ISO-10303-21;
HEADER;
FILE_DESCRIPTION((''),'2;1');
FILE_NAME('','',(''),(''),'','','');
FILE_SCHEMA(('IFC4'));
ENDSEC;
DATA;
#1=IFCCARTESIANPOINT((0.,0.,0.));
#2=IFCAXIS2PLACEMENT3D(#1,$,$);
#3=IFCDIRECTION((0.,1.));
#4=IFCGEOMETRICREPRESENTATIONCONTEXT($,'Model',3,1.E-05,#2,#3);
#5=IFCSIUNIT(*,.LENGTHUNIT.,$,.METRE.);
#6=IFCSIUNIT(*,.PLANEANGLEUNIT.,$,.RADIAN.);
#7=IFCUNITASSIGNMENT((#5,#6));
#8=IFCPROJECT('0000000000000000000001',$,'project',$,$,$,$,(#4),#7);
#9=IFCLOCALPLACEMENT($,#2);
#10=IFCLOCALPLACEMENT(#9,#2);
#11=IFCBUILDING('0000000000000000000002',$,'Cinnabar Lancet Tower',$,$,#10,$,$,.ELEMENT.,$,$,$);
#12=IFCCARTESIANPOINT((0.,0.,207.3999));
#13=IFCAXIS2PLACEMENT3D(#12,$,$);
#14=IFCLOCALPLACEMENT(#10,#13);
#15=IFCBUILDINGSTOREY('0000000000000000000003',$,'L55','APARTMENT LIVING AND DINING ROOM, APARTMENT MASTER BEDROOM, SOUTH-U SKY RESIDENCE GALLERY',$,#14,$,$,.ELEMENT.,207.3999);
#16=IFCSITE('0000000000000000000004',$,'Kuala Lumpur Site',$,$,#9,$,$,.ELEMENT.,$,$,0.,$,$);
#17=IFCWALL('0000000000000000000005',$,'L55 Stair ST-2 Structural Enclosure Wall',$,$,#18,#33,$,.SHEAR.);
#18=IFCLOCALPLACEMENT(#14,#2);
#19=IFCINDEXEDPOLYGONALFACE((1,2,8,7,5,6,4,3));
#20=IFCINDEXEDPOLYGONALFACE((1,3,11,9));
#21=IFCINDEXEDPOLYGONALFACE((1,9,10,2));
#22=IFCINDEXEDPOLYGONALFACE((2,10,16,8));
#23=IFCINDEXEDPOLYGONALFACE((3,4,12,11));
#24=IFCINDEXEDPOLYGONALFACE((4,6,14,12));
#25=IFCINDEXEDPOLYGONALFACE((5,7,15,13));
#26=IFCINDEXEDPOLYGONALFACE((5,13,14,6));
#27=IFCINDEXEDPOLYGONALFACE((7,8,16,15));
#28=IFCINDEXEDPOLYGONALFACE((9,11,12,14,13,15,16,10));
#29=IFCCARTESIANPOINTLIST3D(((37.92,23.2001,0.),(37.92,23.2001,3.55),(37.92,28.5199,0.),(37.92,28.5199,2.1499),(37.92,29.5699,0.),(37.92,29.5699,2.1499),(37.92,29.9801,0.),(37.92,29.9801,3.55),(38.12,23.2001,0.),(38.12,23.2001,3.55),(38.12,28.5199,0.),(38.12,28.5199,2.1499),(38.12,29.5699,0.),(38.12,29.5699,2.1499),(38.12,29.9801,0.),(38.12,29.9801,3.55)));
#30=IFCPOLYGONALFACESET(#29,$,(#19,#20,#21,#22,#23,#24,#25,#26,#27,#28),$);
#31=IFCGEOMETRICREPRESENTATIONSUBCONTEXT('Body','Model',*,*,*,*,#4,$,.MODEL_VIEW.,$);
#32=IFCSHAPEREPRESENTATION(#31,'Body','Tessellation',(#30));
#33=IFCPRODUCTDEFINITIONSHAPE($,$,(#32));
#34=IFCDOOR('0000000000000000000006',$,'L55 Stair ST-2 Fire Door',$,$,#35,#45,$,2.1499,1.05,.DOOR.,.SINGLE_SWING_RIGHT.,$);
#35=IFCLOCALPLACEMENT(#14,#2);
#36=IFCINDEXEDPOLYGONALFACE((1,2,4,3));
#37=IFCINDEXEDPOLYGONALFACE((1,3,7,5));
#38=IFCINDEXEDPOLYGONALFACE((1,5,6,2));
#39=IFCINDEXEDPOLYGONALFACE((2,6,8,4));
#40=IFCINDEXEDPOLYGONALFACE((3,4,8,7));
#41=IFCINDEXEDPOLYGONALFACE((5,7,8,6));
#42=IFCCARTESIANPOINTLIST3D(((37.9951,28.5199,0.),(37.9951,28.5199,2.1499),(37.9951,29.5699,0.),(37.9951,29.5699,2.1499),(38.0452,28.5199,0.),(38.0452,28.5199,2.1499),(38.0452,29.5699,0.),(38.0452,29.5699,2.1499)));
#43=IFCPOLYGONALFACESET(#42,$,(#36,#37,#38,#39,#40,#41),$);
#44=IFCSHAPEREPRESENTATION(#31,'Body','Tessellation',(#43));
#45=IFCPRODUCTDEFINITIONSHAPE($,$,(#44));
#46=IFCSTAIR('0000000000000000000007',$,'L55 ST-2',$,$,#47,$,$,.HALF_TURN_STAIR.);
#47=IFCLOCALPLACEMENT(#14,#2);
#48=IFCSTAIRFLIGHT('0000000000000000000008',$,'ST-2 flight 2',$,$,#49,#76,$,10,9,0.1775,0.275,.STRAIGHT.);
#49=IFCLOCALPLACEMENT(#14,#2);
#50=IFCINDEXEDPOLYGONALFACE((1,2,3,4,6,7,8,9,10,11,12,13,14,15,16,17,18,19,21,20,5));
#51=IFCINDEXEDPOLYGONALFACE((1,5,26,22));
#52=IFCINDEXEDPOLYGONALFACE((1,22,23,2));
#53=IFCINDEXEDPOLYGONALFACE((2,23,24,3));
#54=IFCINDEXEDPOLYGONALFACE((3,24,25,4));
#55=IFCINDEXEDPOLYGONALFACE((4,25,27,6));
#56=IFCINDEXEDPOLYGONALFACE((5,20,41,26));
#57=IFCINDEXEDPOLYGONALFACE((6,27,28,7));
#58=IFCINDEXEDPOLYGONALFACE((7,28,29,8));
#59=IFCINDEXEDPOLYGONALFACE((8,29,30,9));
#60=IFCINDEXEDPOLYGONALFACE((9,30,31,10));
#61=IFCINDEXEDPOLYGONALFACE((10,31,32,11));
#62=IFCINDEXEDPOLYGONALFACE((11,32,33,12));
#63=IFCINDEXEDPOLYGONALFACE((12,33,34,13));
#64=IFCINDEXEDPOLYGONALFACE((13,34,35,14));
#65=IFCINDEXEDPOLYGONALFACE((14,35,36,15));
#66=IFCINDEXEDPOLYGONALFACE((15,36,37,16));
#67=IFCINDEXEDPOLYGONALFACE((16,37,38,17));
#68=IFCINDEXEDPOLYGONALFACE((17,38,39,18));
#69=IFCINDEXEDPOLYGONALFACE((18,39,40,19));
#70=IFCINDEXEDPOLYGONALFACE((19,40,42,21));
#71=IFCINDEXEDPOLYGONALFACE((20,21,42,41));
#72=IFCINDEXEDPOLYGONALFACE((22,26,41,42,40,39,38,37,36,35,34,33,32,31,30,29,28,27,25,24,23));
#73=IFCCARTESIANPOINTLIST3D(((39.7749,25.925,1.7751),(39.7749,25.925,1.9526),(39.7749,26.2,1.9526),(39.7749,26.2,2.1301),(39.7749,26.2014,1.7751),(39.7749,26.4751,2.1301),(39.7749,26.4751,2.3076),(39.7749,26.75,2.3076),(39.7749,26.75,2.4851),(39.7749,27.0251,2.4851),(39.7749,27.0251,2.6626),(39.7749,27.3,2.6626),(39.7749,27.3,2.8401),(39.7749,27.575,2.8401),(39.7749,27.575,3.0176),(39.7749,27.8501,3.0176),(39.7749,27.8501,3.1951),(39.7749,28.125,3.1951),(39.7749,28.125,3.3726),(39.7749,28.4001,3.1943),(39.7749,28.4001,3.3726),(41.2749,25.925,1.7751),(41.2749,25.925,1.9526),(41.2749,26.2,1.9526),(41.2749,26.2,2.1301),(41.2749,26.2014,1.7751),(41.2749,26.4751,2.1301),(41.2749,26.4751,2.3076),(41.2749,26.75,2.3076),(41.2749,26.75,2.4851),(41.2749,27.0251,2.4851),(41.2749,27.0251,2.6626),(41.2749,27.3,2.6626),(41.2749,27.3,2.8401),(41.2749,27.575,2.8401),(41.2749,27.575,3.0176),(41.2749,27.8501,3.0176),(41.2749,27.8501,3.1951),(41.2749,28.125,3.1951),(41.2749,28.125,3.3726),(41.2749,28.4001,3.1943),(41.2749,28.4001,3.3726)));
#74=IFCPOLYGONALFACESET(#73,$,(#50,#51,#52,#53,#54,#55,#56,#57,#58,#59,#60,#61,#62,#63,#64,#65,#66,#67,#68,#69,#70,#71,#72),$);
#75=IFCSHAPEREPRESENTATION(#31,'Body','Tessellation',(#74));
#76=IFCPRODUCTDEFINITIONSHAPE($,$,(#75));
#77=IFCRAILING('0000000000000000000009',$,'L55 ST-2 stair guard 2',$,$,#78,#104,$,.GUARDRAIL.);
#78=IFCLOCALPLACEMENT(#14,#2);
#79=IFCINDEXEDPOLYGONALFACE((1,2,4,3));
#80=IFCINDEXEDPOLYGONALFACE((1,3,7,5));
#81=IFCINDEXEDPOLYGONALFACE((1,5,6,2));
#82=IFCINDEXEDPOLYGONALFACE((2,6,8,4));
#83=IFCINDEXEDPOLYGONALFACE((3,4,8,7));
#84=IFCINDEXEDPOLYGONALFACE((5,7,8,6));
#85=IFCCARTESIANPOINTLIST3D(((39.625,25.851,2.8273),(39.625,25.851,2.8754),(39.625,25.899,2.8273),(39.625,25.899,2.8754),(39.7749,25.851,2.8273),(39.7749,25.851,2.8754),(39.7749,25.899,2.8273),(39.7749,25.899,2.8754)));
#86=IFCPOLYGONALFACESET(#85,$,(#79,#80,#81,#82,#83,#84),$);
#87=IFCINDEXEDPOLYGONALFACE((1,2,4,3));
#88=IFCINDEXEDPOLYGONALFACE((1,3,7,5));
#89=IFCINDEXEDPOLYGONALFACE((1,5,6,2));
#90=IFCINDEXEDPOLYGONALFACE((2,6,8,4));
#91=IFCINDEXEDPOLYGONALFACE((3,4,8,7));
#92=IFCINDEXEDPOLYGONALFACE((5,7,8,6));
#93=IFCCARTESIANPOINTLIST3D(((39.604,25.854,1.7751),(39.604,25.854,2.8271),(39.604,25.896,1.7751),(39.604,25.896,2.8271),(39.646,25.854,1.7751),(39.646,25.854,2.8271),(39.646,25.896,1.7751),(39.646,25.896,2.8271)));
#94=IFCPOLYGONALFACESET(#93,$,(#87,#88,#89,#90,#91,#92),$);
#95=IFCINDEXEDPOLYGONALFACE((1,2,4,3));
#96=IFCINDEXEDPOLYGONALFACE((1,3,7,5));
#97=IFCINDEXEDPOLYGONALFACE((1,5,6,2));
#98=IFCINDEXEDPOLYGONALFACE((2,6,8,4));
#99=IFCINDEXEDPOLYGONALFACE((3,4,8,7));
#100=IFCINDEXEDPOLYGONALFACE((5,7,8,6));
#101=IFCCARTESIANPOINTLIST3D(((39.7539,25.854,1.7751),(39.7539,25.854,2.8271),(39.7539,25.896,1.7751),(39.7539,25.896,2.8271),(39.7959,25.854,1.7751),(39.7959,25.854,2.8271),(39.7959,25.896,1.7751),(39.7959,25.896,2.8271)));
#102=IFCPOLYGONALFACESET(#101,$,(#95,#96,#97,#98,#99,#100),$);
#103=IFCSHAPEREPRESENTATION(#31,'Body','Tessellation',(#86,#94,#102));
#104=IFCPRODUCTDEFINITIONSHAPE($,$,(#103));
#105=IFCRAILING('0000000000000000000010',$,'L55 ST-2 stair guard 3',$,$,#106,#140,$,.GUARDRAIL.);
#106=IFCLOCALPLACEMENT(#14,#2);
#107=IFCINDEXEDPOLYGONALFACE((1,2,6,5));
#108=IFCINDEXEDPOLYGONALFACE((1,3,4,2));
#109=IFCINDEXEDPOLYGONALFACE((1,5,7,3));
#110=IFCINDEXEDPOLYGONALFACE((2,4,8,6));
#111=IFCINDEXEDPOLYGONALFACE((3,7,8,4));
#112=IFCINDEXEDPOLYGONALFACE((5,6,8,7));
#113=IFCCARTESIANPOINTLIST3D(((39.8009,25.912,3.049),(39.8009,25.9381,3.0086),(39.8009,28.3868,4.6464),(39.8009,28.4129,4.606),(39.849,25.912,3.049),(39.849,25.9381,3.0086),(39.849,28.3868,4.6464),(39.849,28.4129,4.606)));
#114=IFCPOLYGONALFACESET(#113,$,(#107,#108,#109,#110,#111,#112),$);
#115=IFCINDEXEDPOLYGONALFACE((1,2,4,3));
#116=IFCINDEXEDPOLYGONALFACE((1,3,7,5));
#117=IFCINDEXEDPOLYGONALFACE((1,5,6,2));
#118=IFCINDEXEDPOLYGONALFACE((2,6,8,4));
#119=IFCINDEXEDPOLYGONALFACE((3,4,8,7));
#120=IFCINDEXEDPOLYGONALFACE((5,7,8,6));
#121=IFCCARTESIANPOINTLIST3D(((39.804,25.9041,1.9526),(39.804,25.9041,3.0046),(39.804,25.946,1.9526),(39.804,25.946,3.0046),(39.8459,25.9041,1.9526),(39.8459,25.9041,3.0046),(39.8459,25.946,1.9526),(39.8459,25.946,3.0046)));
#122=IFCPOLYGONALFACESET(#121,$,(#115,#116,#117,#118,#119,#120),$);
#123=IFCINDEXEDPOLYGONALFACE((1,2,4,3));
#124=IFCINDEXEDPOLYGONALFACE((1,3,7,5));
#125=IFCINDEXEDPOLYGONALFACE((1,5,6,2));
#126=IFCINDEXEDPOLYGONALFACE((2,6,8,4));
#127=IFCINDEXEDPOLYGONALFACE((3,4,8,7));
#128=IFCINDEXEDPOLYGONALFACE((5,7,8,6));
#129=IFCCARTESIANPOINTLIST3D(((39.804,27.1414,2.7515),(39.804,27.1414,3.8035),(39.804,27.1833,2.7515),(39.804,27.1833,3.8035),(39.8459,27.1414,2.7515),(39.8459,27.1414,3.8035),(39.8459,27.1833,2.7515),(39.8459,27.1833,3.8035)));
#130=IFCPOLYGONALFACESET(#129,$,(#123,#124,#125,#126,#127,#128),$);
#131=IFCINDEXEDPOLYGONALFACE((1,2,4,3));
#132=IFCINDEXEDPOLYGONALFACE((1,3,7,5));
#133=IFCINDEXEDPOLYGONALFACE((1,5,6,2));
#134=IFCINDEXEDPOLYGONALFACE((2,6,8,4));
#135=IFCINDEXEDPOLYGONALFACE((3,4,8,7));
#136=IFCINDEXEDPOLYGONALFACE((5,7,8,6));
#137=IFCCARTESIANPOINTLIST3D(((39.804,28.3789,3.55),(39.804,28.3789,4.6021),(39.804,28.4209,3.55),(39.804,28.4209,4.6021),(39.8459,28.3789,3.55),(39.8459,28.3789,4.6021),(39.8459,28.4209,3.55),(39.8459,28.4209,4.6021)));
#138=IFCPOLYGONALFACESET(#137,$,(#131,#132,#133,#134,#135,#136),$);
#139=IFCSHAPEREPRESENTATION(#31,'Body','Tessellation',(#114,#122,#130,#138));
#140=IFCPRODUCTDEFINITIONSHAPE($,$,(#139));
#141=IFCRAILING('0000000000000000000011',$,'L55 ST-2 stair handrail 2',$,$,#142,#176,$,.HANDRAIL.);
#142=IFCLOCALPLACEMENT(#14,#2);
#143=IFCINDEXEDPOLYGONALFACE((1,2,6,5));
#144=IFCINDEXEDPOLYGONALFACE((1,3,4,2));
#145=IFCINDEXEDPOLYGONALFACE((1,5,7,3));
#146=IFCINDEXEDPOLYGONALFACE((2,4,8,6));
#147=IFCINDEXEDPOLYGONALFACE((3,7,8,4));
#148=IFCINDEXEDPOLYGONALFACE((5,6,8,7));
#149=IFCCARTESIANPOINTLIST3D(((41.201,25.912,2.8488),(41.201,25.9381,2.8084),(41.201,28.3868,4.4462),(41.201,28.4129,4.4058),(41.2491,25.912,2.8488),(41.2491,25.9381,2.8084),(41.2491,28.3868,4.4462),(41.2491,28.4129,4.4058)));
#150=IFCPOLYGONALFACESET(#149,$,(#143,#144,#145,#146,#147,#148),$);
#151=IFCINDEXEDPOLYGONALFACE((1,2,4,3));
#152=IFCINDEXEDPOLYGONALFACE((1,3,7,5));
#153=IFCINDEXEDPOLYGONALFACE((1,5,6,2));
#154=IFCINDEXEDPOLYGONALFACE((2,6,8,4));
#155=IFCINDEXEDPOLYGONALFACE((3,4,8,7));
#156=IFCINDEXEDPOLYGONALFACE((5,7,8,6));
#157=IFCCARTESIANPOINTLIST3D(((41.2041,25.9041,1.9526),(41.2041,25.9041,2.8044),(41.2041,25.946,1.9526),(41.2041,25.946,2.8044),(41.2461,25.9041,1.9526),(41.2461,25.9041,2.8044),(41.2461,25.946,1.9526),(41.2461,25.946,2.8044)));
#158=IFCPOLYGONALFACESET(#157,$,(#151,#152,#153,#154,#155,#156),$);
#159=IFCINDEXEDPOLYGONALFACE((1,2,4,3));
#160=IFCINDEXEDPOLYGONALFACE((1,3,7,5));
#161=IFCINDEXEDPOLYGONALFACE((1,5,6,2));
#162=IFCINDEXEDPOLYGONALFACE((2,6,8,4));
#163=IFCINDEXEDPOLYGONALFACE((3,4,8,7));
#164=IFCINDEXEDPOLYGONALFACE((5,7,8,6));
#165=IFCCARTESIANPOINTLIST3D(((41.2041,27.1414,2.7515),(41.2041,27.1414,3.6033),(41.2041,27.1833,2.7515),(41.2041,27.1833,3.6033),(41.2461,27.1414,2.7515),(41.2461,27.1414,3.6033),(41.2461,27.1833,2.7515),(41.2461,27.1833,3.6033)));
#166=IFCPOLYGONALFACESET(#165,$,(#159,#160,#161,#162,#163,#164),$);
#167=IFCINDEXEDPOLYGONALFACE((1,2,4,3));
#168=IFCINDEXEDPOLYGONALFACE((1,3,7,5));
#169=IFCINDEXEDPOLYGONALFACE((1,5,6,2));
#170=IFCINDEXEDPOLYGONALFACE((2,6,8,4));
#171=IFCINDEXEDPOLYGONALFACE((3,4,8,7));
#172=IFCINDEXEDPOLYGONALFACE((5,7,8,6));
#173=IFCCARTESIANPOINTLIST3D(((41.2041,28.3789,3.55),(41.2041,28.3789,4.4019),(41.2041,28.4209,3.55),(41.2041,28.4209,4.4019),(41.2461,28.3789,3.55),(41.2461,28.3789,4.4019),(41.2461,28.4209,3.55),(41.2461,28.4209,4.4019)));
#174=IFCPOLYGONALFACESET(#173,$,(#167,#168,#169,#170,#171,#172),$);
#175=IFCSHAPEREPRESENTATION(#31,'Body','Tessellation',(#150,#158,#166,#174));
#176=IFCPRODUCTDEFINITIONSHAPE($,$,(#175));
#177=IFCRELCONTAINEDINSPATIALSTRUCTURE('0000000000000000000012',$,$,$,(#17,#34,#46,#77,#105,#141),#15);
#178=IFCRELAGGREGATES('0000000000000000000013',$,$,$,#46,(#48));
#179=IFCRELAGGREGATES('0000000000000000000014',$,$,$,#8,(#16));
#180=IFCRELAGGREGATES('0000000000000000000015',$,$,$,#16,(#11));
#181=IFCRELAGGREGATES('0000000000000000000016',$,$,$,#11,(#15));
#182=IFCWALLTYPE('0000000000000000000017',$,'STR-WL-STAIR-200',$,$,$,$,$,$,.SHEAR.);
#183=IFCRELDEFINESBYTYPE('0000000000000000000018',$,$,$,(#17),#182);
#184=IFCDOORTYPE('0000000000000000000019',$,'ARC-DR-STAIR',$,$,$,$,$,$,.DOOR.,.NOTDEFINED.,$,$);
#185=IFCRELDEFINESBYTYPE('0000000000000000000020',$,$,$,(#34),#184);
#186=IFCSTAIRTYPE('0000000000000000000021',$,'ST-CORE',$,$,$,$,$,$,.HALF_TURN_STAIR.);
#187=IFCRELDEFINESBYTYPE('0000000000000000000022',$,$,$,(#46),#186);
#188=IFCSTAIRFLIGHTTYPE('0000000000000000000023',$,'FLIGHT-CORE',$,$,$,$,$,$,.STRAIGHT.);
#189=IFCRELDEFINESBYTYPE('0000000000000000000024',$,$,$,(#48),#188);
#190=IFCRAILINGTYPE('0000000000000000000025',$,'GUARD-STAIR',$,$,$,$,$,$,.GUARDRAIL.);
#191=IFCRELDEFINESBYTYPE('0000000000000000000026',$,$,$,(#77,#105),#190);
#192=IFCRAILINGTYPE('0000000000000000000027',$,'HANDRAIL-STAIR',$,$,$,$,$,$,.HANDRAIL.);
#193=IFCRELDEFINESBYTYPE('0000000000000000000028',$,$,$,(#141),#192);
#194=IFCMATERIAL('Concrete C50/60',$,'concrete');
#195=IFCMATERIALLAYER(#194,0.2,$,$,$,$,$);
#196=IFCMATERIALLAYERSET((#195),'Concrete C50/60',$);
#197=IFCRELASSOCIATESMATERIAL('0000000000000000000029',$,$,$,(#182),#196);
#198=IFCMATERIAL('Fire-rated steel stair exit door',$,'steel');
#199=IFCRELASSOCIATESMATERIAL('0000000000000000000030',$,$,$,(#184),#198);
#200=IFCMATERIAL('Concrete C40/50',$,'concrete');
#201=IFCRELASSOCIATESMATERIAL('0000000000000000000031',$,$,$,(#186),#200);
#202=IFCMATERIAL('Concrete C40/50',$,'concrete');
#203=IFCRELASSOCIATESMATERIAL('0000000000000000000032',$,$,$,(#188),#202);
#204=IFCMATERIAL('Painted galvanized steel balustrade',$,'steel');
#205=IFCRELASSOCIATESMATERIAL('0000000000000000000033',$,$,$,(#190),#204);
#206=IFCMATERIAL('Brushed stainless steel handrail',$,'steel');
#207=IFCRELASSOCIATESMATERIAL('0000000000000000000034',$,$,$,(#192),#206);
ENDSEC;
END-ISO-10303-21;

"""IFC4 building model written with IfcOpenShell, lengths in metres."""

from ifc_helpers import new_model, si_unit, direction, frame, frame_2d, origin, origin_2d, place, context, subcontext, project, spatial, polyline, rectangle, outline, extrude, material, layer, layer_set, type_object, element, fill, aggregate, save


model = new_model("IFC4")

# Units and contexts
model_context = context("Model", 3, precision=1e-05, world=origin(), true_north=direction((0.0, 1.0)))
body_context = subcontext(model_context, "Body", "Model", "MODEL_VIEW")
ifc_project = project(units=[si_unit("LENGTHUNIT", "METRE"), si_unit("PLANEANGLEUNIT", "RADIAN")], contexts=[model_context])

# Site, building, storey
site_placement = place(None, origin())
site = spatial("IfcSite", under=ifc_project, at=site_placement, Name="Kuala Lumpur Site", CompositionType="ELEMENT", RefElevation=0.0)
building_placement = place(site_placement, origin())
building = spatial("IfcBuilding", under=site, at=building_placement, Name="Cinnabar Lancet Tower", CompositionType="ELEMENT")
storey_placement = place(building_placement, frame((0.0, 0.0, 207.3999)))
storey = spatial("IfcBuildingStorey", under=building, at=storey_placement, Name="L55", Description="APARTMENT LIVING AND DINING ROOM, APARTMENT MASTER BEDROOM, SOUTH-U SKY RESIDENCE GALLERY", CompositionType="ELEMENT", Elevation=207.3999)

# Wall, opening, door
ifc_material_1 = material(Name="Concrete C50/60", Category="concrete")
ifc_layer_1 = layer(ifc_material_1, 0.2)
ifc_layer_set_1 = layer_set([ifc_layer_1], Name="Concrete C50/60")
wall_type_1 = type_object("IfcWallType", Name="STR-WL-STAIR-200", PredefinedType="SHEAR", material=ifc_layer_set_1)
wall_1_placement = place(storey_placement, frame((38.02, 23.2, 0.0), z_axis=(0.0, 0.0, 1.0), x_axis=(0.0, 1.0, 0.0)))
wall_1 = element("IfcWall", 1, at=wall_1_placement, inside=storey, type_object=wall_type_1, Name="L55 Stair ST-2 Structural Enclosure Wall", PredefinedType="SHEAR", context=body_context, shape_type="SweptSolid", body=[
    extrude(rectangle(XDim=6.78, YDim=0.2, at=frame_2d((3.3901, 0.0))), origin(), (0.0, 0.0, 1.0), 3.55),
])
opening_1_placement = place(wall_1_placement, frame((5.3201, 0.0, 0.0)))
opening_1 = element("IfcOpeningElement", 2, at=opening_1_placement, cuts=wall_1, PredefinedType="OPENING", context=body_context, shape_type="SweptSolid", body=[
    extrude(rectangle(XDim=1.05, YDim=2.1499, at=frame_2d((0.5249, 1.075))), frame((0.0, 0.1099, 0.0), z_axis=(0.0, -1.0, 0.0), x_axis=(1.0, 0.0, 0.0)), (0.0, 0.0, 1.0), 0.22),
])
ifc_material_2 = material(Name="Fire-rated steel stair exit door", Category="steel")
door_type_1 = type_object("IfcDoorType", Name="ARC-DR-STAIR", OperationType="NOTDEFINED", PredefinedType="DOOR", material=ifc_material_2)
door_1_placement = place(opening_1_placement, origin())
door_1 = element("IfcDoor", 3, at=door_1_placement, inside=storey, type_object=door_type_1, Name="L55 Stair ST-2 Fire Door", OperationType="SINGLE_SWING_RIGHT", OverallHeight=2.1499, OverallWidth=1.05, PredefinedType="DOOR", context=body_context, shape_type="SweptSolid", body=[
    extrude(rectangle(XDim=1.05, YDim=2.1499, at=frame_2d((0.5249, 1.075))), frame((0.0, 0.0249, 0.0), z_axis=(0.0, -1.0, 0.0), x_axis=(1.0, 0.0, 0.0)), (0.0, 0.0, 1.0), 0.05),
])
fill(opening_1, door_1)

# Stair, stair flight
ifc_material_3 = material(Name="Concrete C40/50", Category="concrete")
stair_type = type_object("IfcStairType", Name="ST-CORE", PredefinedType="HALF_TURN_STAIR", material=ifc_material_3)
stair_placement = place(storey_placement, origin())
stair = element("IfcStair", 4, at=stair_placement, inside=storey, type_object=stair_type, Name="L55 ST-2", PredefinedType="HALF_TURN_STAIR")
ifc_material_4 = material(Name="Concrete C40/50", Category="concrete")
stair_flight_type = type_object("IfcStairFlightType", Name="FLIGHT-CORE", PredefinedType="STRAIGHT", material=ifc_material_4)
stair_flight_placement = place(storey_placement, frame((40.5249, 25.925, 1.7751), z_axis=(0.0, 0.0, 1.0), x_axis=(0.0, 1.0, 0.0)))
stair_flight = element("IfcStairFlight", 5, at=stair_flight_placement, type_object=stair_flight_type, Name="ST-2 flight 2", NumberOfRisers=10, NumberOfTreads=9, PredefinedType="STRAIGHT", RiserHeight=0.1775, TreadLength=0.275, context=body_context, shape_type="SweptSolid", body=[
    extrude(outline(polyline([(0.0, 0.0), (0.0, 0.1775), (0.2749, 0.1775), (0.2749, 0.355), (0.55, 0.355), (0.55, 0.5325), (0.825, 0.5325), (0.825, 0.71), (1.1001, 0.71), (1.1001, 0.8875), (1.375, 0.8875), (1.375, 1.0649), (1.6499, 1.0649), (1.6499, 1.2424), (1.925, 1.2424), (1.925, 1.4199), (2.2, 1.4199), (2.2, 1.5974), (2.4751, 1.5974), (2.4751, 1.7749), (2.4751, 1.4192), (0.2764, 0.0), (0.0, 0.0)])), frame((0.0, 0.75, 0.0), z_axis=(0.0, -1.0, 0.0), x_axis=(1.0, 0.0, 0.0)), (0.0, 0.0, 1.0), 1.5),
])
aggregate(stair, [stair_flight])

# Railings
ifc_material_5 = material(Name="Painted galvanized steel balustrade", Category="steel")
railing_type_1 = type_object("IfcRailingType", Name="GUARD-STAIR", PredefinedType="GUARDRAIL", material=ifc_material_5)
railing_1_placement = place(storey_placement, frame((39.625, 25.875, 1.7751)))
element("IfcRailing", 6, at=railing_1_placement, inside=storey, type_object=railing_type_1, Name="L55 ST-2 stair guard 2", PredefinedType="GUARDRAIL", context=body_context, shape_type="SweptSolid", body=[
    extrude(rectangle(XDim=0.0481, YDim=0.0481, at=origin_2d()), frame((0.0, 0.0, 1.0762), z_axis=(1.0, 0.0, 0.0), x_axis=(0.0, 1.0, 0.0)), (0.0, 0.0, 1.0), 0.1499),
    extrude(rectangle(XDim=0.042, YDim=0.042, at=origin_2d()), origin(), (0.0, 0.0, 1.0), 1.052),
    extrude(rectangle(XDim=0.042, YDim=0.042, at=origin_2d()), frame((0.1499, 0.0, 0.0)), (0.0, 0.0, 1.0), 1.052),
])
railing_2_placement = place(storey_placement, frame((39.825, 25.925, 1.9526)))
element("IfcRailing", 7, at=railing_2_placement, inside=storey, type_object=railing_type_1, Name="L55 ST-2 stair guard 3", PredefinedType="GUARDRAIL", context=body_context, shape_type="SweptSolid", body=[
    extrude(rectangle(XDim=0.0481, YDim=0.0481, at=origin_2d()), frame((0.0, 0.0, 1.0762), z_axis=(0.0, 0.840183, 0.542302), x_axis=(-1.0, 0.0, 0.0)), (0.0, 0.0, 1.0), 2.9456),
    extrude(rectangle(XDim=0.042, YDim=0.042, at=origin_2d()), origin(), (0.0, 0.0, 1.0), 1.052),
    extrude(rectangle(XDim=0.042, YDim=0.042, at=origin_2d()), frame((0.0, 1.2373, 0.7988)), (0.0, 0.0, 1.0), 1.052),
    extrude(rectangle(XDim=0.042, YDim=0.042, at=origin_2d()), frame((0.0, 2.4749, 1.5974)), (0.0, 0.0, 1.0), 1.052),
])
ifc_material_6 = material(Name="Brushed stainless steel handrail", Category="steel")
railing_type_2 = type_object("IfcRailingType", Name="HANDRAIL-STAIR", PredefinedType="HANDRAIL", material=ifc_material_6)
railing_3_placement = place(storey_placement, frame((41.2251, 25.925, 1.9526)))
element("IfcRailing", 8, at=railing_3_placement, inside=storey, type_object=railing_type_2, Name="L55 ST-2 stair handrail 2", PredefinedType="HANDRAIL", context=body_context, shape_type="SweptSolid", body=[
    extrude(rectangle(XDim=0.0481, YDim=0.0481, at=origin_2d()), frame((0.0, 0.0, 0.876), z_axis=(0.0, 0.840183, 0.542302), x_axis=(-1.0, 0.0, 0.0)), (0.0, 0.0, 1.0), 2.9456),
    extrude(rectangle(XDim=0.042, YDim=0.042, at=origin_2d()), origin(), (0.0, 0.0, 1.0), 0.8518),
    extrude(rectangle(XDim=0.042, YDim=0.042, at=origin_2d()), frame((0.0, 1.2373, 0.7988)), (0.0, 0.0, 1.0), 0.8518),
    extrude(rectangle(XDim=0.042, YDim=0.042, at=origin_2d()), frame((0.0, 2.4749, 1.5974)), (0.0, 0.0, 1.0), 0.8518),
])

save(model, "model.ifc")
